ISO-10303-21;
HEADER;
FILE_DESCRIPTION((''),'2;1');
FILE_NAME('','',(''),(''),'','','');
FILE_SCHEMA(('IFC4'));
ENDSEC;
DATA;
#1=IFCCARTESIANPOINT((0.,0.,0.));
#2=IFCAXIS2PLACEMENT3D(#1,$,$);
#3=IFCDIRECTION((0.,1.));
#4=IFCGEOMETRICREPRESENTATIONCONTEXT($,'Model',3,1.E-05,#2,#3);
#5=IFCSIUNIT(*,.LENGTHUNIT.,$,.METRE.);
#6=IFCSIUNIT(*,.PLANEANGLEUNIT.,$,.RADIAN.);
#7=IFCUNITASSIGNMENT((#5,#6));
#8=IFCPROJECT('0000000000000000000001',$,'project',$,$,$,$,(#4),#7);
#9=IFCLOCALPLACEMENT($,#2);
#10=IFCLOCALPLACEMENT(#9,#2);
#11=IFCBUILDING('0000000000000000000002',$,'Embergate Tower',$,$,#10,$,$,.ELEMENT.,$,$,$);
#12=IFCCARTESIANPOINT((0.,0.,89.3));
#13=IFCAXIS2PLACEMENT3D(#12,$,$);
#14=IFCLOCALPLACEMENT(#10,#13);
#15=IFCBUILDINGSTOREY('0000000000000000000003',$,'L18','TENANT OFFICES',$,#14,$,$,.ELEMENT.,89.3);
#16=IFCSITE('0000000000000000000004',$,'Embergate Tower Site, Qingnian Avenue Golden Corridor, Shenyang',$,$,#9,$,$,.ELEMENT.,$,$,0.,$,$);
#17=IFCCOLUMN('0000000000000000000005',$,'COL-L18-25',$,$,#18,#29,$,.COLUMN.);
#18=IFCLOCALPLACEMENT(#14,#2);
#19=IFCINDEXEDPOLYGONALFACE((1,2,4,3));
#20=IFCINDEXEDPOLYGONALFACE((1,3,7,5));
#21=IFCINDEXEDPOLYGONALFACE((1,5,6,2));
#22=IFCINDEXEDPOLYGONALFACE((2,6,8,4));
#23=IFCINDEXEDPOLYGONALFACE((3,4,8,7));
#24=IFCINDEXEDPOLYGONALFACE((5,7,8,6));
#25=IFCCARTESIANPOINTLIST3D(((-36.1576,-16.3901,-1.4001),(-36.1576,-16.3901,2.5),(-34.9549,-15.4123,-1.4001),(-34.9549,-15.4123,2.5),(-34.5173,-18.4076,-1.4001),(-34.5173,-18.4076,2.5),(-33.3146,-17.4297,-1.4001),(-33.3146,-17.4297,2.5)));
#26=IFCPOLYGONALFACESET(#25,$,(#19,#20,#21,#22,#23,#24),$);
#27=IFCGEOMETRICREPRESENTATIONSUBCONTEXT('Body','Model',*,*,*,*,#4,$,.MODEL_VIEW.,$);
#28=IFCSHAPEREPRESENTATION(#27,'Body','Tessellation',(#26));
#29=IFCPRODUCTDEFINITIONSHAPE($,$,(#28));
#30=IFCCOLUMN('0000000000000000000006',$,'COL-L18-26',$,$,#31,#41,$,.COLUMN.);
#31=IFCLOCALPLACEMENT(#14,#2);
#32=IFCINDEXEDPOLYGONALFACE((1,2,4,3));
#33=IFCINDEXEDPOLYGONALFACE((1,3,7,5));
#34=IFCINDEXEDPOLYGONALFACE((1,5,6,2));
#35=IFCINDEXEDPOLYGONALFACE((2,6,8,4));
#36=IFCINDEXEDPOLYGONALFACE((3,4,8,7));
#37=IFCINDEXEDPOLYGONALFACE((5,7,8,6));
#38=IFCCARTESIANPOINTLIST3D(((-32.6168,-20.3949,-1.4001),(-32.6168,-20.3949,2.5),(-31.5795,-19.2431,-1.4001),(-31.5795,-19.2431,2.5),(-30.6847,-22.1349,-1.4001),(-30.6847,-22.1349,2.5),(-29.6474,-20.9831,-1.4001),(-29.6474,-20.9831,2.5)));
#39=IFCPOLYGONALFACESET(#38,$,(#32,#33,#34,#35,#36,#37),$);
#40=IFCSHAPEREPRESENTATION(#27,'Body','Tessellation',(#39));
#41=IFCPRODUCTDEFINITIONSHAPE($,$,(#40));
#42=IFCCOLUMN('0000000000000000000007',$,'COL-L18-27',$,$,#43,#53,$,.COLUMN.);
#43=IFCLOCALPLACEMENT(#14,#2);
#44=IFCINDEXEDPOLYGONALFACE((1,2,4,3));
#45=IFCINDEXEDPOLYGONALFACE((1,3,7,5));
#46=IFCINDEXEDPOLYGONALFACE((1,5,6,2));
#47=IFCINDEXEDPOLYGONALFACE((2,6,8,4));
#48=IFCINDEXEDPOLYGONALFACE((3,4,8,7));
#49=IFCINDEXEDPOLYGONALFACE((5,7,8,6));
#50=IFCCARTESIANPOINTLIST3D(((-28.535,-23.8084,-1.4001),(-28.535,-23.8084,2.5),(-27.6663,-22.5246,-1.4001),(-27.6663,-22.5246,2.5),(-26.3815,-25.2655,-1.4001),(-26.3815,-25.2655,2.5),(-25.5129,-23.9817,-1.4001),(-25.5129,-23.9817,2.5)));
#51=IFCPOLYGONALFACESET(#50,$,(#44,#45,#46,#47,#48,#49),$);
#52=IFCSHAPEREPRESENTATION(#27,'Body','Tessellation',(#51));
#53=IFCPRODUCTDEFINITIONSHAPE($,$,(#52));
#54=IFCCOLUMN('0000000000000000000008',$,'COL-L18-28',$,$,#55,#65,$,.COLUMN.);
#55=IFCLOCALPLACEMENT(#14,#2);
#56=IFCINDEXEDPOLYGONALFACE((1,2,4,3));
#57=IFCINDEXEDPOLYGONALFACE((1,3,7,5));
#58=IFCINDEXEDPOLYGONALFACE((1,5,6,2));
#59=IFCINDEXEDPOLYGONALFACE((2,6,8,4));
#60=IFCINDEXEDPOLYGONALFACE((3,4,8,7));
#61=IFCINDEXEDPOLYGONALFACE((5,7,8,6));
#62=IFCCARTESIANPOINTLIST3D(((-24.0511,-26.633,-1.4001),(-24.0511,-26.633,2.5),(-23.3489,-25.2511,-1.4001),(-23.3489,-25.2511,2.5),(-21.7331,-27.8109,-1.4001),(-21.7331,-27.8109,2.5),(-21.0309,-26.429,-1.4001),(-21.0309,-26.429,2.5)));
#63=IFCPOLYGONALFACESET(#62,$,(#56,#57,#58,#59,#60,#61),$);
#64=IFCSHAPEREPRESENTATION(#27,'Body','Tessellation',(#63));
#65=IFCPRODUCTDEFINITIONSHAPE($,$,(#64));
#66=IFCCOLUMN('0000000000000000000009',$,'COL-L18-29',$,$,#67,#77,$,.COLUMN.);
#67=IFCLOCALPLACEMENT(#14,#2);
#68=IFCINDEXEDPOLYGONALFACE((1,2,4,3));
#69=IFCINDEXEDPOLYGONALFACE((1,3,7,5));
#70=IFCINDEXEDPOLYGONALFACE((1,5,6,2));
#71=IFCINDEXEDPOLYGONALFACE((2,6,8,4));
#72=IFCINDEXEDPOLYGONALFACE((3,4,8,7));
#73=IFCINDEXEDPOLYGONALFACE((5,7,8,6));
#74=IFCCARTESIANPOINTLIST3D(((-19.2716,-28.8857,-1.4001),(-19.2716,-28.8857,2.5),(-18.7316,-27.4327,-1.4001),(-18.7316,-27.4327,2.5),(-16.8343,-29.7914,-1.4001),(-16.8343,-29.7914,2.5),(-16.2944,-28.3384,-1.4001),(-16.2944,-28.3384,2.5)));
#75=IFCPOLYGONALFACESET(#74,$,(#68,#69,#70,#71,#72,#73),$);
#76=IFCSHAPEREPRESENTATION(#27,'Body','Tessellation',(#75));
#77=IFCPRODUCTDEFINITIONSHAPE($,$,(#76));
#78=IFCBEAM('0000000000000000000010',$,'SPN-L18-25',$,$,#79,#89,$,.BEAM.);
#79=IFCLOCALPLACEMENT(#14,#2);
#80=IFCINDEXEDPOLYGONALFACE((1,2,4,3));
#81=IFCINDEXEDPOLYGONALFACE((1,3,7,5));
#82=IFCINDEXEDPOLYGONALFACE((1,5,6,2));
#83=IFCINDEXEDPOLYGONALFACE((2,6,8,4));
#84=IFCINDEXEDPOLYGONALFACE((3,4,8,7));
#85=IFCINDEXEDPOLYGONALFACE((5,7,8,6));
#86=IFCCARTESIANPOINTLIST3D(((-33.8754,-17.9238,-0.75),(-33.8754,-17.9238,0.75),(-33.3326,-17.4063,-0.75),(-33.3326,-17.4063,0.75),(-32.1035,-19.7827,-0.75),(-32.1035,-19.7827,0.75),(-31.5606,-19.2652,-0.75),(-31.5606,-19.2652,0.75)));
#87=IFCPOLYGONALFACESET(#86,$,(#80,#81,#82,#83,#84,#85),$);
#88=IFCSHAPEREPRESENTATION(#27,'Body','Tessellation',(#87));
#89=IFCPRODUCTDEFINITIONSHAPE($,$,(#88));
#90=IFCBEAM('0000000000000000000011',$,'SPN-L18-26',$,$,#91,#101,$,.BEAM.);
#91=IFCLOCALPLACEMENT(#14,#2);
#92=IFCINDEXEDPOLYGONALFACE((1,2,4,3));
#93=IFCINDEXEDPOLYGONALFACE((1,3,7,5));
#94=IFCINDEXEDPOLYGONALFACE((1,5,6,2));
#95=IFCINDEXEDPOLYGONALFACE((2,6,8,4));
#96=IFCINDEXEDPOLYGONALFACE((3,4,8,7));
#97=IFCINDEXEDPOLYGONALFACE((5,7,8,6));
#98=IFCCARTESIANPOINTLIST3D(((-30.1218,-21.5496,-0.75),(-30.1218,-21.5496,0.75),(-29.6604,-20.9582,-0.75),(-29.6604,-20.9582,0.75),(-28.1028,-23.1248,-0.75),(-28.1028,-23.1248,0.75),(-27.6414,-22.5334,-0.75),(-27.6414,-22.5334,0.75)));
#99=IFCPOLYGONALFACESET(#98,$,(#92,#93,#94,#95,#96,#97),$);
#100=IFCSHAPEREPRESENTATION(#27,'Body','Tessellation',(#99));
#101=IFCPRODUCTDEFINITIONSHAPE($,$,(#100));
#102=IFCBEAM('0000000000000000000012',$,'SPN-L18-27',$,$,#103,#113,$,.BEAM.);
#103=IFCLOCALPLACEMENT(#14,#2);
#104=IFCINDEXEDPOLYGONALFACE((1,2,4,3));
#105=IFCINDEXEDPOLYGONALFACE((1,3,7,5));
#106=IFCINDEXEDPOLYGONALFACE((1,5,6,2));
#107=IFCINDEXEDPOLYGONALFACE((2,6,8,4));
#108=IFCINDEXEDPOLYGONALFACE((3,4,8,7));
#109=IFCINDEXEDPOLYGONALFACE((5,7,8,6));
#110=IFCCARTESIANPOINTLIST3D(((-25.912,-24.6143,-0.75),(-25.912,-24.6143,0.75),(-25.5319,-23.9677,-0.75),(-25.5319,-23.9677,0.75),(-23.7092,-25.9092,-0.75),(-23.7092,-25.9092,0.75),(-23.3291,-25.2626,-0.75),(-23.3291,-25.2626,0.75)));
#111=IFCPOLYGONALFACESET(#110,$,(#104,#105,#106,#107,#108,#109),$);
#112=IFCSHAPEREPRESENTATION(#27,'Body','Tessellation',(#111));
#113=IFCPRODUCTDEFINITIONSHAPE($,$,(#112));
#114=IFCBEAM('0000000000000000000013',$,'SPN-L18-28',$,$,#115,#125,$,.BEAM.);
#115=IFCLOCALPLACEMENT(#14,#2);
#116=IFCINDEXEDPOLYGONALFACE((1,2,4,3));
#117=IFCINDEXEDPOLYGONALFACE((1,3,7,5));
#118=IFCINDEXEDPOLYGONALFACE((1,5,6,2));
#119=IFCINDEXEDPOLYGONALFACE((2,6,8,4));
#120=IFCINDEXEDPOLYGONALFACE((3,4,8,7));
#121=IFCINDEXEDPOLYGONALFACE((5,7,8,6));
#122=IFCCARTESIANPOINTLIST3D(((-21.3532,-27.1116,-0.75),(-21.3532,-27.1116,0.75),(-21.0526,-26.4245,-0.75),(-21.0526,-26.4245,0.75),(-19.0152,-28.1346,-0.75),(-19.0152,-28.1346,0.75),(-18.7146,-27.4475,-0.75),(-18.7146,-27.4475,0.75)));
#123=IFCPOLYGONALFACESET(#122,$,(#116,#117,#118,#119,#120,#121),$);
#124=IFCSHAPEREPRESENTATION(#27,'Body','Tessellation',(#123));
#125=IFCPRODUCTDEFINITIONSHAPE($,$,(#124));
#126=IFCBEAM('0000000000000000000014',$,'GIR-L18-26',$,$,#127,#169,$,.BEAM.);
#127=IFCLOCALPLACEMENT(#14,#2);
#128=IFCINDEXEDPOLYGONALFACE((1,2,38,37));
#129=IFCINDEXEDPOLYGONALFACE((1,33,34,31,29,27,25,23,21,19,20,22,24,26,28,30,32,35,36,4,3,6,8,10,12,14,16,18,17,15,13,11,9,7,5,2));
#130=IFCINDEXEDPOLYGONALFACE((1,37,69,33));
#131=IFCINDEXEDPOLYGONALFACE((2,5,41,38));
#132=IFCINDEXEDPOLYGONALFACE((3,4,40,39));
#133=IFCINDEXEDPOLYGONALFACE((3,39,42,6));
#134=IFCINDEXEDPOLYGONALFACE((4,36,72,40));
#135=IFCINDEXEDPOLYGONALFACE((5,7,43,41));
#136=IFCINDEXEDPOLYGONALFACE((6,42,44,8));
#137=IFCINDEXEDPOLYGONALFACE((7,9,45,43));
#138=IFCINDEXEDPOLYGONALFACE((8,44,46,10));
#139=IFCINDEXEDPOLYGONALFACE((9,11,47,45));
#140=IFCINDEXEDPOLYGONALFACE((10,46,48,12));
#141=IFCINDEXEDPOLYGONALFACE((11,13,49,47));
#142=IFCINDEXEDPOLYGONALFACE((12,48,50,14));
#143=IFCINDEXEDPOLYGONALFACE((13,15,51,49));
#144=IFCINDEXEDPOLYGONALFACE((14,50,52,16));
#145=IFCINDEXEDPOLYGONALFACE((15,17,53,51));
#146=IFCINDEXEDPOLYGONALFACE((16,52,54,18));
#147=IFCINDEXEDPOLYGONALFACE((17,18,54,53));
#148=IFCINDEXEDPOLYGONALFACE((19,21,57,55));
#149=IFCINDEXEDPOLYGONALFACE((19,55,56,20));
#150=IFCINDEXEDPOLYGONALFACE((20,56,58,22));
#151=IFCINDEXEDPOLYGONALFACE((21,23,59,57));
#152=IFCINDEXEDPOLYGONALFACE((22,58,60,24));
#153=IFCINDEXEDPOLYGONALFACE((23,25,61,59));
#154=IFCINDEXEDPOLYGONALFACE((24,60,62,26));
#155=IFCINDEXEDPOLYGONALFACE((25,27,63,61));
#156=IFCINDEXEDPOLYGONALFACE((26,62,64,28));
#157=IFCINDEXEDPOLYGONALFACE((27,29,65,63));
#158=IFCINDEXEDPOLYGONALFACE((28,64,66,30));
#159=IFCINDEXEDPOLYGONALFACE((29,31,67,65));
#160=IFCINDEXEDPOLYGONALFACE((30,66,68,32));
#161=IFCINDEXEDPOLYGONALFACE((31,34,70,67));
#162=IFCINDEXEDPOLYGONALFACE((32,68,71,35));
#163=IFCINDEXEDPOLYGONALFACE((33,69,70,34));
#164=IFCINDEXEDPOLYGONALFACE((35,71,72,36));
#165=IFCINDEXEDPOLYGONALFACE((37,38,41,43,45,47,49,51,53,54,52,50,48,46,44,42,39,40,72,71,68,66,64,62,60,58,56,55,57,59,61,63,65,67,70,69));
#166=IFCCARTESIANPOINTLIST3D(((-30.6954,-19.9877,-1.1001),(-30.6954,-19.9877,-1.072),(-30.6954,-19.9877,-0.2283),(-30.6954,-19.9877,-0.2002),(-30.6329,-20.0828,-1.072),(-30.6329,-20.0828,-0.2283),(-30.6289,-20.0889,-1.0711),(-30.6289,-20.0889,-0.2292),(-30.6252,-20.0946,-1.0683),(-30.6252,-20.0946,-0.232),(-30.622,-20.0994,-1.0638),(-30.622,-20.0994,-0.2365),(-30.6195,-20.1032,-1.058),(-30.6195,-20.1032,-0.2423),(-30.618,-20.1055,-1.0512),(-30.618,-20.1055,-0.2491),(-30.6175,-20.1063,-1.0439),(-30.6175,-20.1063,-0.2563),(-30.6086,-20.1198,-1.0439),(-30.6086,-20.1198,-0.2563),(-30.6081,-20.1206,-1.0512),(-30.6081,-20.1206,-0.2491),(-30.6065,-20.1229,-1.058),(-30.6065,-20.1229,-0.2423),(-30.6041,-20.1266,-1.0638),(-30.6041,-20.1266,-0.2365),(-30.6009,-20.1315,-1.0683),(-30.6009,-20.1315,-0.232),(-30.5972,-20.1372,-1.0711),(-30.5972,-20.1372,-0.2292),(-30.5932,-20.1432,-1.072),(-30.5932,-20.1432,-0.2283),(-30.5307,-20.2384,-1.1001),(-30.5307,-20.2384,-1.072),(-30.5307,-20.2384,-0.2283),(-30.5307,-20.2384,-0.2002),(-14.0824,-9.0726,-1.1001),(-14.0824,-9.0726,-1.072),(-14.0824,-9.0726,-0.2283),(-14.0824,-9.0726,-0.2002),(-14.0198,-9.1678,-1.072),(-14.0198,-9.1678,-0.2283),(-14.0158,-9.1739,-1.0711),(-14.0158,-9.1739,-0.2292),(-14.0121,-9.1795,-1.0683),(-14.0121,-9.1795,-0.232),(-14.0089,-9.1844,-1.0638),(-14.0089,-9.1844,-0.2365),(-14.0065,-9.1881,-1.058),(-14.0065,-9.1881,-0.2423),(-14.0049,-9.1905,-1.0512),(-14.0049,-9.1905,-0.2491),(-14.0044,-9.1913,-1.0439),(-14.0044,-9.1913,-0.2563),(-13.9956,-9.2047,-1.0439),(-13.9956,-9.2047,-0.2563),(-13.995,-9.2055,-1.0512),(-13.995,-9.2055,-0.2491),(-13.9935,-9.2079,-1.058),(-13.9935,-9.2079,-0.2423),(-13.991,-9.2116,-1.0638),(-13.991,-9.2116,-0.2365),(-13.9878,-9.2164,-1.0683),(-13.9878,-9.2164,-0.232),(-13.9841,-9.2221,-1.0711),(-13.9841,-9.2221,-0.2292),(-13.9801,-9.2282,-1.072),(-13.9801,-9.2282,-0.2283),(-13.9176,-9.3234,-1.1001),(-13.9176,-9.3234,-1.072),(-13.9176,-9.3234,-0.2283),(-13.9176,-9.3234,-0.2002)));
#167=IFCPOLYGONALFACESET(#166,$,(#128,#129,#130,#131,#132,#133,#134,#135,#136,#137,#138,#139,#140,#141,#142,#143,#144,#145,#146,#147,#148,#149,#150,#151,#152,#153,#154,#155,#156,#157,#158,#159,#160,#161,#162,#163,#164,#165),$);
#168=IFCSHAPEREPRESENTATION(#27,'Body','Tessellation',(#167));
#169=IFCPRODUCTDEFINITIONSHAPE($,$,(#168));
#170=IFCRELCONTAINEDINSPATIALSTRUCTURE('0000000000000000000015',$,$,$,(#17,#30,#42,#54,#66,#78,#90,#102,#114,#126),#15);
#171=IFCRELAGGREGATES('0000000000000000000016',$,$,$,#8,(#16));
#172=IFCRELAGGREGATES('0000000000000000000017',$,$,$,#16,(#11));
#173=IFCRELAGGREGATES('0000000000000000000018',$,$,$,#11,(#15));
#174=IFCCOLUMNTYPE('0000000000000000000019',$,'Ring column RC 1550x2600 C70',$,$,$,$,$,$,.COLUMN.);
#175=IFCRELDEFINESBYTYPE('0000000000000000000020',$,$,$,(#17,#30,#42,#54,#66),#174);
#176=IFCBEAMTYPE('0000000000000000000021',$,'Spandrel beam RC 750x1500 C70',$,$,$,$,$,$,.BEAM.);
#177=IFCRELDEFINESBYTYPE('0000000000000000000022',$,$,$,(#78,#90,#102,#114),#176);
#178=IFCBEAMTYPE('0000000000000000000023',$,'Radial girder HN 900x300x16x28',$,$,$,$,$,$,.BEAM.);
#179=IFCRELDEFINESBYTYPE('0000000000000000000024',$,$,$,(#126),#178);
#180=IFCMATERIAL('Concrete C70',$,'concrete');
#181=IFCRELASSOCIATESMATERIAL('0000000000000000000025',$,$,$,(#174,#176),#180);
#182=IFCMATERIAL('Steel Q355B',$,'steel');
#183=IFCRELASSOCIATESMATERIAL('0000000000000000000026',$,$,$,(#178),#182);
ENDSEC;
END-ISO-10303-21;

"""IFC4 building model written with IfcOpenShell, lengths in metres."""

from ifc_helpers import new_model, si_unit, direction, frame, origin, origin_2d, place, context, subcontext, project, spatial, rectangle, i_section, extrude, source, transform, mapped, material, material_profile, profile_set, type_object, element, save


model = new_model("IFC4")

# Units and contexts
model_context = context("Model", 3, precision=1e-05, world=origin(), true_north=direction((0.0, 1.0)))
body_context = subcontext(model_context, "Body", "Model", "MODEL_VIEW")
ifc_project = project(units=[si_unit("LENGTHUNIT", "METRE"), si_unit("PLANEANGLEUNIT", "RADIAN")], contexts=[model_context])

# Site, building, storey
site_placement = place(None, origin())
site = spatial("IfcSite", under=ifc_project, at=site_placement, Name="Embergate Tower Site, Qingnian Avenue Golden Corridor, Shenyang", CompositionType="ELEMENT", RefElevation=0.0)
building_placement = place(site_placement, origin())
building = spatial("IfcBuilding", under=site, at=building_placement, Name="Embergate Tower", CompositionType="ELEMENT")
storey_placement = place(building_placement, frame((0.0, 0.0, 89.3)))
storey = spatial("IfcBuildingStorey", under=building, at=storey_placement, Name="L18", Description="TENANT OFFICES", CompositionType="ELEMENT", Elevation=89.3)

# Columns
ifc_material_1 = material(Name="Concrete C70", Category="concrete")
ifc_material_profile_1 = material_profile(ifc_material_1, rectangle(XDim=1.55, YDim=2.6001, at=origin_2d()), Name="RC 1550x2600")
ifc_profile_set_1 = profile_set([ifc_material_profile_1], Name="Concrete C70")
column_type = type_object("IfcColumnType", Name="Ring column RC 1550x2600 C70", PredefinedType="COLUMN", material=ifc_profile_set_1)
shared_shape_1 = source(origin(), body_context, "Body", "SweptSolid", [
    extrude(rectangle(XDim=1.55, YDim=2.6001, at=origin_2d()), origin(), (0.0, 0.0, 1.0), 3.9001),
])
for number, where, z_axis, x_axis, name in (
    (1, (-34.7361, -16.9099, -1.4001), (0.0, 0.0, 1.0), (-0.775914, -0.630838, 0.0), "COL-L18-25"),
    (2, (-31.1321, -20.689, -1.4001), (0.0, 0.0, 1.0), (-0.669208, -0.743075, 0.0), "COL-L18-26"),
    (3, (-27.0239, -23.895, -1.4001), (0.0, 0.0, 1.0), (-0.560393, -0.828227, 0.0), "COL-L18-27"),
    (4, (-22.541, -26.531, -1.4001), (0.0, 0.0, 1.0), (-0.452995, -0.891513, 0.0), "COL-L18-28"),
    (5, (-17.783, -28.6121, -1.4001), (0.0, 0.0, 1.0), (-0.348343, -0.937367, 0.0), "COL-L18-29"),
):
    element("IfcColumn", number, at=place(storey_placement, frame(where, z_axis=z_axis, x_axis=x_axis)), inside=storey, type_object=column_type, Name=name, PredefinedType="COLUMN", context=body_context, shape_type="MappedRepresentation", body=[
        mapped(shared_shape_1, transform((0.0, 0.0, 0.0))),
    ])

# Beams
ifc_material_profile_2 = material_profile(ifc_material_1, rectangle(XDim=0.75, YDim=1.5, at=origin_2d()), Name="RC 750x1500")
ifc_profile_set_2 = profile_set([ifc_material_profile_2], Name="Concrete C70")
beam_type_1 = type_object("IfcBeamType", Name="Spandrel beam RC 750x1500 C70", PredefinedType="BEAM", material=ifc_profile_set_2)
shared_shape_2 = source(origin(), body_context, "Body", "SweptSolid", [
    extrude(rectangle(XDim=0.75, YDim=1.5, at=origin_2d()), origin(), (0.0, 0.0, 1.0), 2.5681),
])
beam_1_placement = place(storey_placement, frame((-33.604, -17.665, 0.0), z_axis=(0.689983, -0.723826, 0.0), x_axis=(0.723826, 0.689983, 0.0)))
element("IfcBeam", 6, at=beam_1_placement, inside=storey, type_object=beam_type_1, Name="SPN-L18-25", PredefinedType="BEAM", context=body_context, shape_type="MappedRepresentation", body=[
    mapped(shared_shape_2, transform((0.0, 0.0, 0.0))),
])
shared_shape_3 = source(origin(), body_context, "Body", "SweptSolid", [
    extrude(rectangle(XDim=0.75, YDim=1.5, at=origin_2d()), origin(), (0.0, 0.0, 1.0), 2.5608),
])
beam_2_placement = place(storey_placement, frame((-29.8911, -21.2539, 0.0), z_axis=(0.788438, -0.615115, 0.0), x_axis=(0.615115, 0.788438, 0.0)))
element("IfcBeam", 7, at=beam_2_placement, inside=storey, type_object=beam_type_1, Name="SPN-L18-26", PredefinedType="BEAM", context=body_context, shape_type="MappedRepresentation", body=[
    mapped(shared_shape_3, transform((0.0, 0.0, 0.0))),
])
shared_shape_4 = source(origin(), body_context, "Body", "SweptSolid", [
    extrude(rectangle(XDim=0.75, YDim=1.5, at=origin_2d()), origin(), (0.0, 0.0, 1.0), 2.5552),
])
beam_3_placement = place(storey_placement, frame((-25.7219, -24.291, 0.0), z_axis=(0.862086, -0.506761, 0.0), x_axis=(0.506761, 0.862086, 0.0)))
element("IfcBeam", 8, at=beam_3_placement, inside=storey, type_object=beam_type_1, Name="SPN-L18-27", PredefinedType="BEAM", context=body_context, shape_type="MappedRepresentation", body=[
    mapped(shared_shape_4, transform((0.0, 0.0, 0.0))),
])
shared_shape_5 = source(origin(), body_context, "Body", "SweptSolid", [
    extrude(rectangle(XDim=0.75, YDim=1.5, at=origin_2d()), origin(), (0.0, 0.0, 1.0), 2.552),
])
beam_4_placement = place(storey_placement, frame((-21.2029, -26.7681, 0.0), z_axis=(0.91614, -0.400859, 0.0), x_axis=(0.400859, 0.91614, 0.0)))
element("IfcBeam", 9, at=beam_4_placement, inside=storey, type_object=beam_type_1, Name="SPN-L18-28", PredefinedType="BEAM", context=body_context, shape_type="MappedRepresentation", body=[
    mapped(shared_shape_5, transform((0.0, 0.0, 0.0))),
])
ifc_material_2 = material(Name="Steel Q355B", Category="steel")
ifc_material_profile_3 = material_profile(ifc_material_2, i_section(OverallWidth=0.3, OverallDepth=0.8999, WebThickness=0.0161, FlangeThickness=0.0281, FilletRadius=0.0281, at=origin_2d()), Name="HN 900x300x16x28")
ifc_profile_set_3 = profile_set([ifc_material_profile_3], Name="Steel Q355 grade B")
beam_type_2 = type_object("IfcBeamType", Name="Radial girder HN 900x300x16x28", PredefinedType="BEAM", material=ifc_profile_set_3)
shared_shape_6 = source(origin(), body_context, "Body", "SweptSolid", [
    extrude(i_section(OverallWidth=0.3, OverallDepth=0.8999, WebThickness=0.0161, FlangeThickness=0.0281, FilletRadius=0.0281, at=origin_2d()), origin(), (0.0, 0.0, 1.0), 19.8779),
])
beam_5_placement = place(storey_placement, frame((-30.613, -20.113, -0.6501), z_axis=(0.835754, 0.549104, 0.0), x_axis=(-0.549104, 0.835754, 0.0)))
element("IfcBeam", 10, at=beam_5_placement, inside=storey, type_object=beam_type_2, Name="GIR-L18-26", PredefinedType="BEAM", context=body_context, shape_type="MappedRepresentation", body=[
    mapped(shared_shape_6, transform((0.0, 0.0, 0.0))),
])

save(model, "model.ifc")
